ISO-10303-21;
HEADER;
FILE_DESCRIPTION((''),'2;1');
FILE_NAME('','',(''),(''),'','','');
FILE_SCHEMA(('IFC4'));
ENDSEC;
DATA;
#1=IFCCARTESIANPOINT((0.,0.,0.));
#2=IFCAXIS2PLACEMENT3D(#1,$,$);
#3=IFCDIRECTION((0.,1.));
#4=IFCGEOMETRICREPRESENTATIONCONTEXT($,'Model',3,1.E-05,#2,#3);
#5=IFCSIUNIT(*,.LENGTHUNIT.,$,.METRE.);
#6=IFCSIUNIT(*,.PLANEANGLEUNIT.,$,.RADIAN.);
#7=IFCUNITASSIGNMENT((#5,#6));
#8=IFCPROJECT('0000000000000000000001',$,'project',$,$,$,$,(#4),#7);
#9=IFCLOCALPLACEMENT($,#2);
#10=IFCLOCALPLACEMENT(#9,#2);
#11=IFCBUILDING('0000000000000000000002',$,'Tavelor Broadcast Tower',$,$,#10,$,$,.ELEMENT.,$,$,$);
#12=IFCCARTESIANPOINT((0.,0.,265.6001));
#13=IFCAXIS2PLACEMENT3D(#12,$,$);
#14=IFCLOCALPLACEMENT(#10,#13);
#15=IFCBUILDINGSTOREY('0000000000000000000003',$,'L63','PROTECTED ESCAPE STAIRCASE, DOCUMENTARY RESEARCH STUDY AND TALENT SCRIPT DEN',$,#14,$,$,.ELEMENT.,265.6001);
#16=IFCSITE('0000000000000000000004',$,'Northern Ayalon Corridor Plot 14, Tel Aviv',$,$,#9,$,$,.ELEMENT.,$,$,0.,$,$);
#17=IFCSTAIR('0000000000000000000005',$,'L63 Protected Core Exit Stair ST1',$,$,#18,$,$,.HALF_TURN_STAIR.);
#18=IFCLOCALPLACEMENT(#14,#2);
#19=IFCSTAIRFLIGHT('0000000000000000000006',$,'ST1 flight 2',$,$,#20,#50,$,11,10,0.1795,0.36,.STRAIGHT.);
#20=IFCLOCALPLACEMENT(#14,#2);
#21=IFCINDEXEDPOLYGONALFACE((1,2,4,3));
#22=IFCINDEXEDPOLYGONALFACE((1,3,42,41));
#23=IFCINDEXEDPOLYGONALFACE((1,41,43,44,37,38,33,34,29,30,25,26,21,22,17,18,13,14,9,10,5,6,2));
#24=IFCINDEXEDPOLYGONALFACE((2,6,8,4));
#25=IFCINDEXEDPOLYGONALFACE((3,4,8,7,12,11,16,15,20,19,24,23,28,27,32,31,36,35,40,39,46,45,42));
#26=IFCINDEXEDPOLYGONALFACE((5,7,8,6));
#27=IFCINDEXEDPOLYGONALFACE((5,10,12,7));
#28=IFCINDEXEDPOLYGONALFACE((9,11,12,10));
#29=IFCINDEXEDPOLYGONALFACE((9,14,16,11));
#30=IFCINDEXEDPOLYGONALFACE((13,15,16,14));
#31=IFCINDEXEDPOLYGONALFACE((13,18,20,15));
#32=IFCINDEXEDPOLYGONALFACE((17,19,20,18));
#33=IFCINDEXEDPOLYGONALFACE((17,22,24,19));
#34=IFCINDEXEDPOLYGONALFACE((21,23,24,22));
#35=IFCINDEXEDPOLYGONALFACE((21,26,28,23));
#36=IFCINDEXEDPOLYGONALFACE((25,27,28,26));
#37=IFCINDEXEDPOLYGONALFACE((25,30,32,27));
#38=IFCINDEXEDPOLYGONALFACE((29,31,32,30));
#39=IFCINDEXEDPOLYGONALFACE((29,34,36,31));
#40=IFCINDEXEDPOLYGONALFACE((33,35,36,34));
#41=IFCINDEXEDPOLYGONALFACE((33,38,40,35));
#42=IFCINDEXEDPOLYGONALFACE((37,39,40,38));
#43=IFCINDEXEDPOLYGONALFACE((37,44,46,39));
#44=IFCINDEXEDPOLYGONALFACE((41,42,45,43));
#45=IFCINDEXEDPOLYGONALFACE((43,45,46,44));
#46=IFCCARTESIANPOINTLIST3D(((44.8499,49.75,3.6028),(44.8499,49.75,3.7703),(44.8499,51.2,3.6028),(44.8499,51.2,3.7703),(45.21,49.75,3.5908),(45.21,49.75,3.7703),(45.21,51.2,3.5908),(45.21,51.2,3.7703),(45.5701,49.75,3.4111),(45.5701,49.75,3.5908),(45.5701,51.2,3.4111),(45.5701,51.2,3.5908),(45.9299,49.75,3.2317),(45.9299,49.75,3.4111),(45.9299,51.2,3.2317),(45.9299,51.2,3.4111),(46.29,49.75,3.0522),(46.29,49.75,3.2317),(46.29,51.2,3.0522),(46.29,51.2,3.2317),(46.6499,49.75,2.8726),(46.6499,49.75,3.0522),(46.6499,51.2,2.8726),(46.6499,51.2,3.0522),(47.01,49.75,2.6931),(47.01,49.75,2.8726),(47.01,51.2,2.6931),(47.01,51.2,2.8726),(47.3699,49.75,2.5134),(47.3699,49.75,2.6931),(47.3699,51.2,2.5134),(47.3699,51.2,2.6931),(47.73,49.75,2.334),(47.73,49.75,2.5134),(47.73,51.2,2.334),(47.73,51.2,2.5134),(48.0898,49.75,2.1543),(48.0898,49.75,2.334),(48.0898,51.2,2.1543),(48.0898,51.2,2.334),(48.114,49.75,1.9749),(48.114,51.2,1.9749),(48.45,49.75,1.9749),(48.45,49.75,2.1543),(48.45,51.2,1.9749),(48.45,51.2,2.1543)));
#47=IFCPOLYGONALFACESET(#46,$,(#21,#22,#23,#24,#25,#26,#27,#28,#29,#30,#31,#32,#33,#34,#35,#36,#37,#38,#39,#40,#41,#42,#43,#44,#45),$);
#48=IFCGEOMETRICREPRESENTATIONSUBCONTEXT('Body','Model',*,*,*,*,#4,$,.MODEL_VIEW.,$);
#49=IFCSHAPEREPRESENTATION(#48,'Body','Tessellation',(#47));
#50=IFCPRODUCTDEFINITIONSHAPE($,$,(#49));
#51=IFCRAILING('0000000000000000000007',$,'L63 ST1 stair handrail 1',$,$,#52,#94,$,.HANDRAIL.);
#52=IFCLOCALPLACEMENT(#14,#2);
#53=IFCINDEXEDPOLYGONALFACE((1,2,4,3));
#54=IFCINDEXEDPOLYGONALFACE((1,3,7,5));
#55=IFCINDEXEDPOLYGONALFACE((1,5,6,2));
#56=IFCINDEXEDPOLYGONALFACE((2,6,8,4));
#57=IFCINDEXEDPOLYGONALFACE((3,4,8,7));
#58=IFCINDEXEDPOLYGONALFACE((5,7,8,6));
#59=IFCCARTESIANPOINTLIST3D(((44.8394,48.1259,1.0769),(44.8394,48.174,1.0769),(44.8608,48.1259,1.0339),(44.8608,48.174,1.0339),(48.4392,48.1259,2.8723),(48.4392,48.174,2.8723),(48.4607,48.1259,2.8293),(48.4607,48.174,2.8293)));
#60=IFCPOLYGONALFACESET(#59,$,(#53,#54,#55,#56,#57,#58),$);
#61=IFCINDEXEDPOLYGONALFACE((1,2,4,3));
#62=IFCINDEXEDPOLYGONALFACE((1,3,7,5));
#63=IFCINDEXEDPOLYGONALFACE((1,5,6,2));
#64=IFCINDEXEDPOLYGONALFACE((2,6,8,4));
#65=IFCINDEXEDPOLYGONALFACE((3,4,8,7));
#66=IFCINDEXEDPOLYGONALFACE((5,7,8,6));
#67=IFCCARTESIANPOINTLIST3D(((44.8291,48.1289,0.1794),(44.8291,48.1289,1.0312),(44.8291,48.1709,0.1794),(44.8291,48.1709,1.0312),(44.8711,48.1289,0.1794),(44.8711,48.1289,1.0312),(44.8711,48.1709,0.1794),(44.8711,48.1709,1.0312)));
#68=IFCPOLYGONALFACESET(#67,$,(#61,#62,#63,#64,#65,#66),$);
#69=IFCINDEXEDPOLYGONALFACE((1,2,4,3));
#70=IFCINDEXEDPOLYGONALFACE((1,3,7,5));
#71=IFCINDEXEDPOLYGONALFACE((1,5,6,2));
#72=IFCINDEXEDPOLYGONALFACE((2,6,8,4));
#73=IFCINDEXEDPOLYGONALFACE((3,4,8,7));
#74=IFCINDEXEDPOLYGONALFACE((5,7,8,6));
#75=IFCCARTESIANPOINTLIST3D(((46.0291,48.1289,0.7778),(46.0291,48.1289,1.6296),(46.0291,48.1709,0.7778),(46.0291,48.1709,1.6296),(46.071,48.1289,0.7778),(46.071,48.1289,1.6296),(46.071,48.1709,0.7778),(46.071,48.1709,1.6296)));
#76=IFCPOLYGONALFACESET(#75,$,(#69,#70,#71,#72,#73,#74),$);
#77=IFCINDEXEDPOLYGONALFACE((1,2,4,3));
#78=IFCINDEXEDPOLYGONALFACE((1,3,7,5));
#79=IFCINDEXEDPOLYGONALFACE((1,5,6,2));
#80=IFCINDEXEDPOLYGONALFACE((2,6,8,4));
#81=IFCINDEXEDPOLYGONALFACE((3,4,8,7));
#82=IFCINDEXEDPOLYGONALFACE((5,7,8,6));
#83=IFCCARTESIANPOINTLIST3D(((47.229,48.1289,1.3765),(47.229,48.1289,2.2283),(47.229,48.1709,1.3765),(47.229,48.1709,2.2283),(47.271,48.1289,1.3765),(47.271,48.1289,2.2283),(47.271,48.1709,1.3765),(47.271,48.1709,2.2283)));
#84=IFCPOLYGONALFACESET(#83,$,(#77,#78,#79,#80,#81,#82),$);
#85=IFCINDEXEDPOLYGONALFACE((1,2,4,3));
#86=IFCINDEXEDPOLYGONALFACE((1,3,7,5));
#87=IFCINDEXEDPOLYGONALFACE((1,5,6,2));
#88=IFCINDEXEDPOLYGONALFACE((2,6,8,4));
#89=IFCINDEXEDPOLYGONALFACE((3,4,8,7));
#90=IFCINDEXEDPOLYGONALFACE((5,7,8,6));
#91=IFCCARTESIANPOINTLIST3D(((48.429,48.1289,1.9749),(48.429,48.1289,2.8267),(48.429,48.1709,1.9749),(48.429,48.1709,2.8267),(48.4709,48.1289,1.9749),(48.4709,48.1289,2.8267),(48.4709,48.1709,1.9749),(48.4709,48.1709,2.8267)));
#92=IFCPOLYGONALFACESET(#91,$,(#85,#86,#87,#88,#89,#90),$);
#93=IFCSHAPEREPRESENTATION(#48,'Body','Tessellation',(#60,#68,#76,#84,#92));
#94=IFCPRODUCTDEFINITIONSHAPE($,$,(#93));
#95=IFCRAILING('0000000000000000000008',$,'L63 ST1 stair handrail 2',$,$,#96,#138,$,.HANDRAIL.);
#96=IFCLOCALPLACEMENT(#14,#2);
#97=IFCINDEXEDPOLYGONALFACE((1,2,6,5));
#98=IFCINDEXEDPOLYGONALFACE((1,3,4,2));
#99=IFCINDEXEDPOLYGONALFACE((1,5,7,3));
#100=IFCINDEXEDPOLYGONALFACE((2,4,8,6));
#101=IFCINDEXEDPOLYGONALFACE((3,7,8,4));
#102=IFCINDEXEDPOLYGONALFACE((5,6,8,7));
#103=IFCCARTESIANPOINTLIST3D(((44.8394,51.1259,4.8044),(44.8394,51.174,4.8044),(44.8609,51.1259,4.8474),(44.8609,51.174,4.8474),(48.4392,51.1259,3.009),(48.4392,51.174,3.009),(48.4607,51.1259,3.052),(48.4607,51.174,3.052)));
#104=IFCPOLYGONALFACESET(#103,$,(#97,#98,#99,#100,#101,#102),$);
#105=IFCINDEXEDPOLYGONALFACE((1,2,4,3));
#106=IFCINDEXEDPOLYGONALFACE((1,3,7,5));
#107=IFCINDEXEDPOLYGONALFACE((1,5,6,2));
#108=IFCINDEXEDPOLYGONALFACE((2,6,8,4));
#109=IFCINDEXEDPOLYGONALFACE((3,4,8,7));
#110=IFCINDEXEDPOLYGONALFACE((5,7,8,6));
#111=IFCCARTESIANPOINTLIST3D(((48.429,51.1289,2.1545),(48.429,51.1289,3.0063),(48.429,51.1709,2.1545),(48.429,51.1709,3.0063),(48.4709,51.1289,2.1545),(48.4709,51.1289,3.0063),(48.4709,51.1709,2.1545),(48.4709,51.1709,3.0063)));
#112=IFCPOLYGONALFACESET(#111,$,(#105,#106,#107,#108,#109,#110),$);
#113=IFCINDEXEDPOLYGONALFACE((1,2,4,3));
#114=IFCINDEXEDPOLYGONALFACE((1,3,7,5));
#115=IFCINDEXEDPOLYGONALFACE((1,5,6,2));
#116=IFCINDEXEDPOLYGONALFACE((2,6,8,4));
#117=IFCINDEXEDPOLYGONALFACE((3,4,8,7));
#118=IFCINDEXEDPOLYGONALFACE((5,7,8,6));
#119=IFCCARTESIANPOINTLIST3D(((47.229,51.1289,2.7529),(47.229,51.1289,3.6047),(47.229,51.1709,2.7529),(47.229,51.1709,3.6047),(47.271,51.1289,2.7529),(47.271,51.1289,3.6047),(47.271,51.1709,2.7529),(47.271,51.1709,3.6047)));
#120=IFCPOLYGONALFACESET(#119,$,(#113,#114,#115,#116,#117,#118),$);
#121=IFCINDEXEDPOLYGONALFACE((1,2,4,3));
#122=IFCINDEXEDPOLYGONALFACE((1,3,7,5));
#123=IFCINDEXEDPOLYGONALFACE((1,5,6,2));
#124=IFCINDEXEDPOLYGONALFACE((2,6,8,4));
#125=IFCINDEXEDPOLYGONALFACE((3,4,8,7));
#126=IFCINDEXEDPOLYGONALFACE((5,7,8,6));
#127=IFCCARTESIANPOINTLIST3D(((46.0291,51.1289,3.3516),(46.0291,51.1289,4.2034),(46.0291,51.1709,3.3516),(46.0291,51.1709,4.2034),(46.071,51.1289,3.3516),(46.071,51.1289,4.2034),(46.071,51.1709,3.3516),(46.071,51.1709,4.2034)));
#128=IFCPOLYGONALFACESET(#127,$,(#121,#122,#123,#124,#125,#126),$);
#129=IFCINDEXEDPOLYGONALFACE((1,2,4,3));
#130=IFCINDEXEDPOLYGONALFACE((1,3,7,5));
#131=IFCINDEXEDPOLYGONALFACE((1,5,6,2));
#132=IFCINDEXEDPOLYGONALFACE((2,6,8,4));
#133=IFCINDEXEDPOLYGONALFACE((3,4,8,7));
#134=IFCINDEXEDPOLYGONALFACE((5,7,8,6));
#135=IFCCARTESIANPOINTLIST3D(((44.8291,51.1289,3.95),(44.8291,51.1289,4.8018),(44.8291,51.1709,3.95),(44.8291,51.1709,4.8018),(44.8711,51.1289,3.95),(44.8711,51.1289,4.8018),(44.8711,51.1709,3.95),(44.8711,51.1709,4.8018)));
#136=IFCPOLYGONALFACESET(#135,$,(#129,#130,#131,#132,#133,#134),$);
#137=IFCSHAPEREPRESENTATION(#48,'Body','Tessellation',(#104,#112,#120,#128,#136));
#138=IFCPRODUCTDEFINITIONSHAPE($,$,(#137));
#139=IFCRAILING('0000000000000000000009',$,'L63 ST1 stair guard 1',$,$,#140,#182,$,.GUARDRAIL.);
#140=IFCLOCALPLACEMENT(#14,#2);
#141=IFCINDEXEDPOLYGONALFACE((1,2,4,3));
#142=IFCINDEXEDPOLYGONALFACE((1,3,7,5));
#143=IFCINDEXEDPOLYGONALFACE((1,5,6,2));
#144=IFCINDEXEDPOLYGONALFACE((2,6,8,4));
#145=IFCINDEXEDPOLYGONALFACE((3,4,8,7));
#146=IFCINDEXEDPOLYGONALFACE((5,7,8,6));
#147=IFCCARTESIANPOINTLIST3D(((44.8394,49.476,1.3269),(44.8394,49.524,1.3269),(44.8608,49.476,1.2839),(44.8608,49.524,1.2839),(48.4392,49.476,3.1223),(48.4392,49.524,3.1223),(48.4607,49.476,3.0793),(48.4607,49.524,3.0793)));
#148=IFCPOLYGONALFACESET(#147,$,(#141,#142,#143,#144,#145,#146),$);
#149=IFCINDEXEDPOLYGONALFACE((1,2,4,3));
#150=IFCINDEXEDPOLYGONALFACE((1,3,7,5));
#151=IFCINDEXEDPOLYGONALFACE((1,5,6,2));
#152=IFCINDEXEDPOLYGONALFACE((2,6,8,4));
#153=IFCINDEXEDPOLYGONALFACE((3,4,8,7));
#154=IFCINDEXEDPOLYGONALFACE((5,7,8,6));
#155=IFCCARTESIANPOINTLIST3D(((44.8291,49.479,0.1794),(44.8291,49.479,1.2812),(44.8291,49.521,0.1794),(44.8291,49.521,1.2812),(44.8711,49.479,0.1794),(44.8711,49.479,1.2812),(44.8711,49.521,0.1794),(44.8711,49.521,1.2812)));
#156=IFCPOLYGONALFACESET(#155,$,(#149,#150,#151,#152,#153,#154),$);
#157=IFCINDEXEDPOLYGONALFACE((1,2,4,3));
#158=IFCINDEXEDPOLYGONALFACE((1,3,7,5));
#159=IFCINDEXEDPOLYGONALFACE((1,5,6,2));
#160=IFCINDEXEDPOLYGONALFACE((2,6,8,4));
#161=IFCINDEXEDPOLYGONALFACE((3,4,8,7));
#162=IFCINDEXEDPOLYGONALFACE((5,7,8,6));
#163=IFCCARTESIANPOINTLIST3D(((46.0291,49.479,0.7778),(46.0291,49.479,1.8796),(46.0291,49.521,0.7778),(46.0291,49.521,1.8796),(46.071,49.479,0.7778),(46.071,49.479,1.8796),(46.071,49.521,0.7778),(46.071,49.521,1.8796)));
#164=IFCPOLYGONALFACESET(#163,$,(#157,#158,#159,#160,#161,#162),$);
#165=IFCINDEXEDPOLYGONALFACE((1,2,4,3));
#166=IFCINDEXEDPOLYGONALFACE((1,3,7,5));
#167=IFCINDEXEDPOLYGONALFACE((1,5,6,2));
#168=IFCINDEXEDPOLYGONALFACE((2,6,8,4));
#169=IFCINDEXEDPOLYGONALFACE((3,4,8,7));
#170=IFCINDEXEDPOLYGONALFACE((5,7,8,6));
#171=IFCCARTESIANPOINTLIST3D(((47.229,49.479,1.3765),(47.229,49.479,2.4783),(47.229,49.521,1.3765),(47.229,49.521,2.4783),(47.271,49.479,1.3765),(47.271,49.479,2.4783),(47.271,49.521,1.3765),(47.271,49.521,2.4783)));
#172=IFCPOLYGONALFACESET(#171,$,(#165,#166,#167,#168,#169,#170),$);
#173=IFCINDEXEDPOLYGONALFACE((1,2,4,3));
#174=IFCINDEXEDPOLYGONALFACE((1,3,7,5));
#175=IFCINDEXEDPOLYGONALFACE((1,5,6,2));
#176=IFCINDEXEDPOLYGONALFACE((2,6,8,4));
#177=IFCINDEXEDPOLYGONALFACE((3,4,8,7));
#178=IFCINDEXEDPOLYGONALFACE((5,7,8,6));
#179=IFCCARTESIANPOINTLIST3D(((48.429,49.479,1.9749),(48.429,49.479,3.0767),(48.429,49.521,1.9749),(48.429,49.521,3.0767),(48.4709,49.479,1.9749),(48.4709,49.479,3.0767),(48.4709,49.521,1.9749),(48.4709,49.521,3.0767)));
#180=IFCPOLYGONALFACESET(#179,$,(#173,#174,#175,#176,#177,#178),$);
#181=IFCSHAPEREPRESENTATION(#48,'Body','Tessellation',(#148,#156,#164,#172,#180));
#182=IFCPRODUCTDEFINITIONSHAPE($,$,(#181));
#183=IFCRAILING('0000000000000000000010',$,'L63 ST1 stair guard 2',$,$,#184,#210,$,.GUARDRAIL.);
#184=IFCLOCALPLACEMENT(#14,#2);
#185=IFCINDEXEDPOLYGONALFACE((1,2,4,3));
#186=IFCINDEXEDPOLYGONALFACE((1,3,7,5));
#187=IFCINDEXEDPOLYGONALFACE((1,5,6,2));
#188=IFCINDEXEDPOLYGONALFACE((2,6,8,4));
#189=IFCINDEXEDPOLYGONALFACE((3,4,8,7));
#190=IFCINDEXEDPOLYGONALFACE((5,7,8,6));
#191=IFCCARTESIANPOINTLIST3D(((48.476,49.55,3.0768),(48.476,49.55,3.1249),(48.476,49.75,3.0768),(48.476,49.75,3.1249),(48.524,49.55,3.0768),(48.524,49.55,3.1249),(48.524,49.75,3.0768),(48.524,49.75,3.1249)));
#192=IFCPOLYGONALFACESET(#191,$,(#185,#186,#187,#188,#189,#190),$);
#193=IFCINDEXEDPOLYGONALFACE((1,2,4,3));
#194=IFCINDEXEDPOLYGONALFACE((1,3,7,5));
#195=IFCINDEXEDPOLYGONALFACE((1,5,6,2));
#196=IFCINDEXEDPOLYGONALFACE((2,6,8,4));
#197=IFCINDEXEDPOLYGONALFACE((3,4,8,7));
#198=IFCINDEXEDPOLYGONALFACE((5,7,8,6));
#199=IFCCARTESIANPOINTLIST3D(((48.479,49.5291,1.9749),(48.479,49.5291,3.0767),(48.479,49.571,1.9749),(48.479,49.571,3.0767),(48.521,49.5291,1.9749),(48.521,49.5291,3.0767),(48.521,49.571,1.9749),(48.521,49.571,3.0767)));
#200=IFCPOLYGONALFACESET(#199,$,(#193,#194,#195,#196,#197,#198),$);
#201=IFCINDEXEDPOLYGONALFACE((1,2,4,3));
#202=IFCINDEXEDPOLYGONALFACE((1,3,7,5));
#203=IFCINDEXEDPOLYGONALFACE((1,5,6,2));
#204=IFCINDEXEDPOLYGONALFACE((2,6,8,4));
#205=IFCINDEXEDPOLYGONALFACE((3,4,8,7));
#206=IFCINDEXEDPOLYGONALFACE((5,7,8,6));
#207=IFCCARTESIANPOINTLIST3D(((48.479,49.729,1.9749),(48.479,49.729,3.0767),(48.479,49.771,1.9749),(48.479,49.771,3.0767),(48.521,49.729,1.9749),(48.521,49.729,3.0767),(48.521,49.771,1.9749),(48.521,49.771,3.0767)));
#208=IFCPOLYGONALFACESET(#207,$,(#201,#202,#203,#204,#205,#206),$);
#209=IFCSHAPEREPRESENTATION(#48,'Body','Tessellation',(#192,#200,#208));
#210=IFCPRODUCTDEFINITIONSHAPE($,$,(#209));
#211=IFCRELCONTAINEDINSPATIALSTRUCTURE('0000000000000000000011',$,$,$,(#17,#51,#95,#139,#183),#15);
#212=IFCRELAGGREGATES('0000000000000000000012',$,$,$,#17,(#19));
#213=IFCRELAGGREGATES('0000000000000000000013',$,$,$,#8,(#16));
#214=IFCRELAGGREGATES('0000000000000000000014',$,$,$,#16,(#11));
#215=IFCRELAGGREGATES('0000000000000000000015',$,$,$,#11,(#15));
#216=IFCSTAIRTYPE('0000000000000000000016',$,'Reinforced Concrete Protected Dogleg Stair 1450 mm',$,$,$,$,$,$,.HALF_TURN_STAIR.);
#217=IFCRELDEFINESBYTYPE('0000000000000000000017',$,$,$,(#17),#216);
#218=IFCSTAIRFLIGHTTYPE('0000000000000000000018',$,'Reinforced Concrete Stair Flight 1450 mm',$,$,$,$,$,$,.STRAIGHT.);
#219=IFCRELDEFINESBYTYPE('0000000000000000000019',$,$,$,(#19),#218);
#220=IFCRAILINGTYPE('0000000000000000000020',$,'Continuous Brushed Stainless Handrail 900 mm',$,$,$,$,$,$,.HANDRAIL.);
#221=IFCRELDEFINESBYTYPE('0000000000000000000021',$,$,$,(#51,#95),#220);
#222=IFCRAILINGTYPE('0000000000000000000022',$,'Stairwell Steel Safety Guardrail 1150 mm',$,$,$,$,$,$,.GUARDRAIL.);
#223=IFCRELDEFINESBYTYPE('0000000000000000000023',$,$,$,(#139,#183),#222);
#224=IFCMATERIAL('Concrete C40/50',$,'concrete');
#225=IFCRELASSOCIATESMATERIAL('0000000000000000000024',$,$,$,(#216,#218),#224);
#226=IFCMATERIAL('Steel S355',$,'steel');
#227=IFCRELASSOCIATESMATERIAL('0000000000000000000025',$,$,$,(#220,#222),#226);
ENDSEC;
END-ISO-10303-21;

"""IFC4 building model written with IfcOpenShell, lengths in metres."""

from ifc_helpers import new_model, si_unit, direction, frame, origin, origin_2d, place, context, subcontext, project, spatial, polyline, rectangle, outline, extrude, material, type_object, element, aggregate, save


model = new_model("IFC4")

# Units and contexts
model_context = context("Model", 3, precision=1e-05, world=origin(), true_north=direction((0.0, 1.0)))
body_context = subcontext(model_context, "Body", "Model", "MODEL_VIEW")
ifc_project = project(units=[si_unit("LENGTHUNIT", "METRE"), si_unit("PLANEANGLEUNIT", "RADIAN")], contexts=[model_context])

# Site, building, storey
site_placement = place(None, origin())
site = spatial("IfcSite", under=ifc_project, at=site_placement, Name="Northern Ayalon Corridor Plot 14, Tel Aviv", CompositionType="ELEMENT", RefElevation=0.0)
building_placement = place(site_placement, origin())
building = spatial("IfcBuilding", under=site, at=building_placement, Name="Tavelor Broadcast Tower", CompositionType="ELEMENT")
storey_placement = place(building_placement, frame((0.0, 0.0, 265.6001)))
storey = spatial("IfcBuildingStorey", under=building, at=storey_placement, Name="L63", Description="PROTECTED ESCAPE STAIRCASE, DOCUMENTARY RESEARCH STUDY AND TALENT SCRIPT DEN", CompositionType="ELEMENT", Elevation=265.6001)

# Shared definitions
ifc_material_1 = material(Name="Concrete C40/50", Category="concrete")
ifc_material_2 = material(Name="Steel S355", Category="steel")

# Stair, stair flight
stair_type = type_object("IfcStairType", Name="Reinforced Concrete Protected Dogleg Stair 1450 mm", PredefinedType="HALF_TURN_STAIR", material=ifc_material_1)
stair_placement = place(storey_placement, origin())
stair = element("IfcStair", 1, at=stair_placement, inside=storey, type_object=stair_type, Name="L63 Protected Core Exit Stair ST1", PredefinedType="HALF_TURN_STAIR")
stair_flight_type = type_object("IfcStairFlightType", Name="Reinforced Concrete Stair Flight 1450 mm", PredefinedType="STRAIGHT", material=ifc_material_1)
stair_flight_1_placement = place(storey_placement, frame((48.45, 50.4751, 1.9749), z_axis=(0.0, 0.0, 1.0), x_axis=(-1.0, 0.0, 0.0)))
stair_flight_1 = element("IfcStairFlight", 2, at=stair_flight_1_placement, type_object=stair_flight_type, Name="ST1 flight 2", NumberOfRisers=11, NumberOfTreads=10, PredefinedType="STRAIGHT", RiserHeight=0.1795, TreadLength=0.36, context=body_context, shape_type="SweptSolid", body=[
    extrude(outline(polyline([(0.0, 0.0), (0.0, 0.1794), (0.3601, 0.1794), (0.3601, 0.3591), (0.72, 0.3591), (0.72, 0.5386), (1.0801, 0.5386), (1.0801, 0.7183), (1.4399, 0.7183), (1.4399, 0.8977), (1.8, 0.8977), (1.8, 1.0774), (2.1599, 1.0774), (2.1599, 1.2568), (2.52, 1.2568), (2.52, 1.4363), (2.8799, 1.4363), (2.8799, 1.616), (3.24, 1.616), (3.24, 1.7954), (3.6001, 1.7954), (3.6001, 1.9751), (3.6001, 1.6279), (0.3359, 0.0), (0.0, 0.0)])), frame((0.0, 0.7251, 0.0), z_axis=(0.0, -1.0, 0.0), x_axis=(1.0, 0.0, 0.0)), (0.0, 0.0, 1.0), 1.45),
])
aggregate(stair, [stair_flight_1])

# Railings
railing_type_1 = type_object("IfcRailingType", Name="Continuous Brushed Stainless Handrail 900 mm", PredefinedType="HANDRAIL", material=ifc_material_2)
railing_1_placement = place(storey_placement, frame((44.8501, 48.1499, 0.1794)))
element("IfcRailing", 3, at=railing_1_placement, inside=storey, type_object=railing_type_1, Name="L63 ST1 stair handrail 1", PredefinedType="HANDRAIL", context=body_context, shape_type="SweptSolid", body=[
    extrude(rectangle(XDim=0.0481, YDim=0.0481, at=origin_2d()), frame((0.0, 0.0, 0.876), z_axis=(0.894876, 0.0, 0.446315), x_axis=(0.0, 1.0, 0.0)), (0.0, 0.0, 1.0), 4.0227),
    extrude(rectangle(XDim=0.042, YDim=0.042, at=origin_2d()), origin(), (0.0, 0.0, 1.0), 0.8518),
    extrude(rectangle(XDim=0.042, YDim=0.042, at=origin_2d()), frame((1.2, 0.0, 0.5984)), (0.0, 0.0, 1.0), 0.8518),
    extrude(rectangle(XDim=0.042, YDim=0.042, at=origin_2d()), frame((2.3999, 0.0, 1.197)), (0.0, 0.0, 1.0), 0.8518),
    extrude(rectangle(XDim=0.042, YDim=0.042, at=origin_2d()), frame((3.5999, 0.0, 1.7954)), (0.0, 0.0, 1.0), 0.8518),
])
railing_2_placement = place(storey_placement, frame((48.45, 51.1499, 2.1545)))
element("IfcRailing", 4, at=railing_2_placement, inside=storey, type_object=railing_type_1, Name="L63 ST1 stair handrail 2", PredefinedType="HANDRAIL", context=body_context, shape_type="SweptSolid", body=[
    extrude(rectangle(XDim=0.0481, YDim=0.0481, at=origin_2d()), frame((0.0, 0.0, 0.876), z_axis=(-0.894876, 0.0, 0.446315), x_axis=(0.0, -1.0, 0.0)), (0.0, 0.0, 1.0), 4.0227),
    extrude(rectangle(XDim=0.042, YDim=0.042, at=origin_2d()), origin(), (0.0, 0.0, 1.0), 0.8518),
    extrude(rectangle(XDim=0.042, YDim=0.042, at=origin_2d()), frame((-1.2, 0.0, 0.5984)), (0.0, 0.0, 1.0), 0.8518),
    extrude(rectangle(XDim=0.042, YDim=0.042, at=origin_2d()), frame((-2.3999, 0.0, 1.197)), (0.0, 0.0, 1.0), 0.8518),
    extrude(rectangle(XDim=0.042, YDim=0.042, at=origin_2d()), frame((-3.5999, 0.0, 1.7954)), (0.0, 0.0, 1.0), 0.8518),
])
railing_type_2 = type_object("IfcRailingType", Name="Stairwell Steel Safety Guardrail 1150 mm", PredefinedType="GUARDRAIL", material=ifc_material_2)
railing_3_placement = place(storey_placement, frame((44.8501, 49.5, 0.1794)))
element("IfcRailing", 5, at=railing_3_placement, inside=storey, type_object=railing_type_2, Name="L63 ST1 stair guard 1", PredefinedType="GUARDRAIL", context=body_context, shape_type="SweptSolid", body=[
    extrude(rectangle(XDim=0.0481, YDim=0.0481, at=origin_2d()), frame((0.0, 0.0, 1.126), z_axis=(0.894876, 0.0, 0.446315), x_axis=(0.0, 1.0, 0.0)), (0.0, 0.0, 1.0), 4.0227),
    extrude(rectangle(XDim=0.042, YDim=0.042, at=origin_2d()), origin(), (0.0, 0.0, 1.0), 1.1018),
    extrude(rectangle(XDim=0.042, YDim=0.042, at=origin_2d()), frame((1.2, 0.0, 0.5984)), (0.0, 0.0, 1.0), 1.1018),
    extrude(rectangle(XDim=0.042, YDim=0.042, at=origin_2d()), frame((2.3999, 0.0, 1.197)), (0.0, 0.0, 1.0), 1.1018),
    extrude(rectangle(XDim=0.042, YDim=0.042, at=origin_2d()), frame((3.5999, 0.0, 1.7954)), (0.0, 0.0, 1.0), 1.1018),
])
railing_4_placement = place(storey_placement, frame((48.5, 49.55, 1.9749)))
element("IfcRailing", 6, at=railing_4_placement, inside=storey, type_object=railing_type_2, Name="L63 ST1 stair guard 2", PredefinedType="GUARDRAIL", context=body_context, shape_type="SweptSolid", body=[
    extrude(rectangle(XDim=0.0481, YDim=0.0481, at=origin_2d()), frame((0.0, 0.0, 1.126), z_axis=(0.0, 1.0, 0.0), x_axis=(-1.0, 0.0, 0.0)), (0.0, 0.0, 1.0), 0.2),
    extrude(rectangle(XDim=0.042, YDim=0.042, at=origin_2d()), origin(), (0.0, 0.0, 1.0), 1.1018),
    extrude(rectangle(XDim=0.042, YDim=0.042, at=origin_2d()), frame((0.0, 0.2, 0.0)), (0.0, 0.0, 1.0), 1.1018),
])

save(model, "model.ifc")
